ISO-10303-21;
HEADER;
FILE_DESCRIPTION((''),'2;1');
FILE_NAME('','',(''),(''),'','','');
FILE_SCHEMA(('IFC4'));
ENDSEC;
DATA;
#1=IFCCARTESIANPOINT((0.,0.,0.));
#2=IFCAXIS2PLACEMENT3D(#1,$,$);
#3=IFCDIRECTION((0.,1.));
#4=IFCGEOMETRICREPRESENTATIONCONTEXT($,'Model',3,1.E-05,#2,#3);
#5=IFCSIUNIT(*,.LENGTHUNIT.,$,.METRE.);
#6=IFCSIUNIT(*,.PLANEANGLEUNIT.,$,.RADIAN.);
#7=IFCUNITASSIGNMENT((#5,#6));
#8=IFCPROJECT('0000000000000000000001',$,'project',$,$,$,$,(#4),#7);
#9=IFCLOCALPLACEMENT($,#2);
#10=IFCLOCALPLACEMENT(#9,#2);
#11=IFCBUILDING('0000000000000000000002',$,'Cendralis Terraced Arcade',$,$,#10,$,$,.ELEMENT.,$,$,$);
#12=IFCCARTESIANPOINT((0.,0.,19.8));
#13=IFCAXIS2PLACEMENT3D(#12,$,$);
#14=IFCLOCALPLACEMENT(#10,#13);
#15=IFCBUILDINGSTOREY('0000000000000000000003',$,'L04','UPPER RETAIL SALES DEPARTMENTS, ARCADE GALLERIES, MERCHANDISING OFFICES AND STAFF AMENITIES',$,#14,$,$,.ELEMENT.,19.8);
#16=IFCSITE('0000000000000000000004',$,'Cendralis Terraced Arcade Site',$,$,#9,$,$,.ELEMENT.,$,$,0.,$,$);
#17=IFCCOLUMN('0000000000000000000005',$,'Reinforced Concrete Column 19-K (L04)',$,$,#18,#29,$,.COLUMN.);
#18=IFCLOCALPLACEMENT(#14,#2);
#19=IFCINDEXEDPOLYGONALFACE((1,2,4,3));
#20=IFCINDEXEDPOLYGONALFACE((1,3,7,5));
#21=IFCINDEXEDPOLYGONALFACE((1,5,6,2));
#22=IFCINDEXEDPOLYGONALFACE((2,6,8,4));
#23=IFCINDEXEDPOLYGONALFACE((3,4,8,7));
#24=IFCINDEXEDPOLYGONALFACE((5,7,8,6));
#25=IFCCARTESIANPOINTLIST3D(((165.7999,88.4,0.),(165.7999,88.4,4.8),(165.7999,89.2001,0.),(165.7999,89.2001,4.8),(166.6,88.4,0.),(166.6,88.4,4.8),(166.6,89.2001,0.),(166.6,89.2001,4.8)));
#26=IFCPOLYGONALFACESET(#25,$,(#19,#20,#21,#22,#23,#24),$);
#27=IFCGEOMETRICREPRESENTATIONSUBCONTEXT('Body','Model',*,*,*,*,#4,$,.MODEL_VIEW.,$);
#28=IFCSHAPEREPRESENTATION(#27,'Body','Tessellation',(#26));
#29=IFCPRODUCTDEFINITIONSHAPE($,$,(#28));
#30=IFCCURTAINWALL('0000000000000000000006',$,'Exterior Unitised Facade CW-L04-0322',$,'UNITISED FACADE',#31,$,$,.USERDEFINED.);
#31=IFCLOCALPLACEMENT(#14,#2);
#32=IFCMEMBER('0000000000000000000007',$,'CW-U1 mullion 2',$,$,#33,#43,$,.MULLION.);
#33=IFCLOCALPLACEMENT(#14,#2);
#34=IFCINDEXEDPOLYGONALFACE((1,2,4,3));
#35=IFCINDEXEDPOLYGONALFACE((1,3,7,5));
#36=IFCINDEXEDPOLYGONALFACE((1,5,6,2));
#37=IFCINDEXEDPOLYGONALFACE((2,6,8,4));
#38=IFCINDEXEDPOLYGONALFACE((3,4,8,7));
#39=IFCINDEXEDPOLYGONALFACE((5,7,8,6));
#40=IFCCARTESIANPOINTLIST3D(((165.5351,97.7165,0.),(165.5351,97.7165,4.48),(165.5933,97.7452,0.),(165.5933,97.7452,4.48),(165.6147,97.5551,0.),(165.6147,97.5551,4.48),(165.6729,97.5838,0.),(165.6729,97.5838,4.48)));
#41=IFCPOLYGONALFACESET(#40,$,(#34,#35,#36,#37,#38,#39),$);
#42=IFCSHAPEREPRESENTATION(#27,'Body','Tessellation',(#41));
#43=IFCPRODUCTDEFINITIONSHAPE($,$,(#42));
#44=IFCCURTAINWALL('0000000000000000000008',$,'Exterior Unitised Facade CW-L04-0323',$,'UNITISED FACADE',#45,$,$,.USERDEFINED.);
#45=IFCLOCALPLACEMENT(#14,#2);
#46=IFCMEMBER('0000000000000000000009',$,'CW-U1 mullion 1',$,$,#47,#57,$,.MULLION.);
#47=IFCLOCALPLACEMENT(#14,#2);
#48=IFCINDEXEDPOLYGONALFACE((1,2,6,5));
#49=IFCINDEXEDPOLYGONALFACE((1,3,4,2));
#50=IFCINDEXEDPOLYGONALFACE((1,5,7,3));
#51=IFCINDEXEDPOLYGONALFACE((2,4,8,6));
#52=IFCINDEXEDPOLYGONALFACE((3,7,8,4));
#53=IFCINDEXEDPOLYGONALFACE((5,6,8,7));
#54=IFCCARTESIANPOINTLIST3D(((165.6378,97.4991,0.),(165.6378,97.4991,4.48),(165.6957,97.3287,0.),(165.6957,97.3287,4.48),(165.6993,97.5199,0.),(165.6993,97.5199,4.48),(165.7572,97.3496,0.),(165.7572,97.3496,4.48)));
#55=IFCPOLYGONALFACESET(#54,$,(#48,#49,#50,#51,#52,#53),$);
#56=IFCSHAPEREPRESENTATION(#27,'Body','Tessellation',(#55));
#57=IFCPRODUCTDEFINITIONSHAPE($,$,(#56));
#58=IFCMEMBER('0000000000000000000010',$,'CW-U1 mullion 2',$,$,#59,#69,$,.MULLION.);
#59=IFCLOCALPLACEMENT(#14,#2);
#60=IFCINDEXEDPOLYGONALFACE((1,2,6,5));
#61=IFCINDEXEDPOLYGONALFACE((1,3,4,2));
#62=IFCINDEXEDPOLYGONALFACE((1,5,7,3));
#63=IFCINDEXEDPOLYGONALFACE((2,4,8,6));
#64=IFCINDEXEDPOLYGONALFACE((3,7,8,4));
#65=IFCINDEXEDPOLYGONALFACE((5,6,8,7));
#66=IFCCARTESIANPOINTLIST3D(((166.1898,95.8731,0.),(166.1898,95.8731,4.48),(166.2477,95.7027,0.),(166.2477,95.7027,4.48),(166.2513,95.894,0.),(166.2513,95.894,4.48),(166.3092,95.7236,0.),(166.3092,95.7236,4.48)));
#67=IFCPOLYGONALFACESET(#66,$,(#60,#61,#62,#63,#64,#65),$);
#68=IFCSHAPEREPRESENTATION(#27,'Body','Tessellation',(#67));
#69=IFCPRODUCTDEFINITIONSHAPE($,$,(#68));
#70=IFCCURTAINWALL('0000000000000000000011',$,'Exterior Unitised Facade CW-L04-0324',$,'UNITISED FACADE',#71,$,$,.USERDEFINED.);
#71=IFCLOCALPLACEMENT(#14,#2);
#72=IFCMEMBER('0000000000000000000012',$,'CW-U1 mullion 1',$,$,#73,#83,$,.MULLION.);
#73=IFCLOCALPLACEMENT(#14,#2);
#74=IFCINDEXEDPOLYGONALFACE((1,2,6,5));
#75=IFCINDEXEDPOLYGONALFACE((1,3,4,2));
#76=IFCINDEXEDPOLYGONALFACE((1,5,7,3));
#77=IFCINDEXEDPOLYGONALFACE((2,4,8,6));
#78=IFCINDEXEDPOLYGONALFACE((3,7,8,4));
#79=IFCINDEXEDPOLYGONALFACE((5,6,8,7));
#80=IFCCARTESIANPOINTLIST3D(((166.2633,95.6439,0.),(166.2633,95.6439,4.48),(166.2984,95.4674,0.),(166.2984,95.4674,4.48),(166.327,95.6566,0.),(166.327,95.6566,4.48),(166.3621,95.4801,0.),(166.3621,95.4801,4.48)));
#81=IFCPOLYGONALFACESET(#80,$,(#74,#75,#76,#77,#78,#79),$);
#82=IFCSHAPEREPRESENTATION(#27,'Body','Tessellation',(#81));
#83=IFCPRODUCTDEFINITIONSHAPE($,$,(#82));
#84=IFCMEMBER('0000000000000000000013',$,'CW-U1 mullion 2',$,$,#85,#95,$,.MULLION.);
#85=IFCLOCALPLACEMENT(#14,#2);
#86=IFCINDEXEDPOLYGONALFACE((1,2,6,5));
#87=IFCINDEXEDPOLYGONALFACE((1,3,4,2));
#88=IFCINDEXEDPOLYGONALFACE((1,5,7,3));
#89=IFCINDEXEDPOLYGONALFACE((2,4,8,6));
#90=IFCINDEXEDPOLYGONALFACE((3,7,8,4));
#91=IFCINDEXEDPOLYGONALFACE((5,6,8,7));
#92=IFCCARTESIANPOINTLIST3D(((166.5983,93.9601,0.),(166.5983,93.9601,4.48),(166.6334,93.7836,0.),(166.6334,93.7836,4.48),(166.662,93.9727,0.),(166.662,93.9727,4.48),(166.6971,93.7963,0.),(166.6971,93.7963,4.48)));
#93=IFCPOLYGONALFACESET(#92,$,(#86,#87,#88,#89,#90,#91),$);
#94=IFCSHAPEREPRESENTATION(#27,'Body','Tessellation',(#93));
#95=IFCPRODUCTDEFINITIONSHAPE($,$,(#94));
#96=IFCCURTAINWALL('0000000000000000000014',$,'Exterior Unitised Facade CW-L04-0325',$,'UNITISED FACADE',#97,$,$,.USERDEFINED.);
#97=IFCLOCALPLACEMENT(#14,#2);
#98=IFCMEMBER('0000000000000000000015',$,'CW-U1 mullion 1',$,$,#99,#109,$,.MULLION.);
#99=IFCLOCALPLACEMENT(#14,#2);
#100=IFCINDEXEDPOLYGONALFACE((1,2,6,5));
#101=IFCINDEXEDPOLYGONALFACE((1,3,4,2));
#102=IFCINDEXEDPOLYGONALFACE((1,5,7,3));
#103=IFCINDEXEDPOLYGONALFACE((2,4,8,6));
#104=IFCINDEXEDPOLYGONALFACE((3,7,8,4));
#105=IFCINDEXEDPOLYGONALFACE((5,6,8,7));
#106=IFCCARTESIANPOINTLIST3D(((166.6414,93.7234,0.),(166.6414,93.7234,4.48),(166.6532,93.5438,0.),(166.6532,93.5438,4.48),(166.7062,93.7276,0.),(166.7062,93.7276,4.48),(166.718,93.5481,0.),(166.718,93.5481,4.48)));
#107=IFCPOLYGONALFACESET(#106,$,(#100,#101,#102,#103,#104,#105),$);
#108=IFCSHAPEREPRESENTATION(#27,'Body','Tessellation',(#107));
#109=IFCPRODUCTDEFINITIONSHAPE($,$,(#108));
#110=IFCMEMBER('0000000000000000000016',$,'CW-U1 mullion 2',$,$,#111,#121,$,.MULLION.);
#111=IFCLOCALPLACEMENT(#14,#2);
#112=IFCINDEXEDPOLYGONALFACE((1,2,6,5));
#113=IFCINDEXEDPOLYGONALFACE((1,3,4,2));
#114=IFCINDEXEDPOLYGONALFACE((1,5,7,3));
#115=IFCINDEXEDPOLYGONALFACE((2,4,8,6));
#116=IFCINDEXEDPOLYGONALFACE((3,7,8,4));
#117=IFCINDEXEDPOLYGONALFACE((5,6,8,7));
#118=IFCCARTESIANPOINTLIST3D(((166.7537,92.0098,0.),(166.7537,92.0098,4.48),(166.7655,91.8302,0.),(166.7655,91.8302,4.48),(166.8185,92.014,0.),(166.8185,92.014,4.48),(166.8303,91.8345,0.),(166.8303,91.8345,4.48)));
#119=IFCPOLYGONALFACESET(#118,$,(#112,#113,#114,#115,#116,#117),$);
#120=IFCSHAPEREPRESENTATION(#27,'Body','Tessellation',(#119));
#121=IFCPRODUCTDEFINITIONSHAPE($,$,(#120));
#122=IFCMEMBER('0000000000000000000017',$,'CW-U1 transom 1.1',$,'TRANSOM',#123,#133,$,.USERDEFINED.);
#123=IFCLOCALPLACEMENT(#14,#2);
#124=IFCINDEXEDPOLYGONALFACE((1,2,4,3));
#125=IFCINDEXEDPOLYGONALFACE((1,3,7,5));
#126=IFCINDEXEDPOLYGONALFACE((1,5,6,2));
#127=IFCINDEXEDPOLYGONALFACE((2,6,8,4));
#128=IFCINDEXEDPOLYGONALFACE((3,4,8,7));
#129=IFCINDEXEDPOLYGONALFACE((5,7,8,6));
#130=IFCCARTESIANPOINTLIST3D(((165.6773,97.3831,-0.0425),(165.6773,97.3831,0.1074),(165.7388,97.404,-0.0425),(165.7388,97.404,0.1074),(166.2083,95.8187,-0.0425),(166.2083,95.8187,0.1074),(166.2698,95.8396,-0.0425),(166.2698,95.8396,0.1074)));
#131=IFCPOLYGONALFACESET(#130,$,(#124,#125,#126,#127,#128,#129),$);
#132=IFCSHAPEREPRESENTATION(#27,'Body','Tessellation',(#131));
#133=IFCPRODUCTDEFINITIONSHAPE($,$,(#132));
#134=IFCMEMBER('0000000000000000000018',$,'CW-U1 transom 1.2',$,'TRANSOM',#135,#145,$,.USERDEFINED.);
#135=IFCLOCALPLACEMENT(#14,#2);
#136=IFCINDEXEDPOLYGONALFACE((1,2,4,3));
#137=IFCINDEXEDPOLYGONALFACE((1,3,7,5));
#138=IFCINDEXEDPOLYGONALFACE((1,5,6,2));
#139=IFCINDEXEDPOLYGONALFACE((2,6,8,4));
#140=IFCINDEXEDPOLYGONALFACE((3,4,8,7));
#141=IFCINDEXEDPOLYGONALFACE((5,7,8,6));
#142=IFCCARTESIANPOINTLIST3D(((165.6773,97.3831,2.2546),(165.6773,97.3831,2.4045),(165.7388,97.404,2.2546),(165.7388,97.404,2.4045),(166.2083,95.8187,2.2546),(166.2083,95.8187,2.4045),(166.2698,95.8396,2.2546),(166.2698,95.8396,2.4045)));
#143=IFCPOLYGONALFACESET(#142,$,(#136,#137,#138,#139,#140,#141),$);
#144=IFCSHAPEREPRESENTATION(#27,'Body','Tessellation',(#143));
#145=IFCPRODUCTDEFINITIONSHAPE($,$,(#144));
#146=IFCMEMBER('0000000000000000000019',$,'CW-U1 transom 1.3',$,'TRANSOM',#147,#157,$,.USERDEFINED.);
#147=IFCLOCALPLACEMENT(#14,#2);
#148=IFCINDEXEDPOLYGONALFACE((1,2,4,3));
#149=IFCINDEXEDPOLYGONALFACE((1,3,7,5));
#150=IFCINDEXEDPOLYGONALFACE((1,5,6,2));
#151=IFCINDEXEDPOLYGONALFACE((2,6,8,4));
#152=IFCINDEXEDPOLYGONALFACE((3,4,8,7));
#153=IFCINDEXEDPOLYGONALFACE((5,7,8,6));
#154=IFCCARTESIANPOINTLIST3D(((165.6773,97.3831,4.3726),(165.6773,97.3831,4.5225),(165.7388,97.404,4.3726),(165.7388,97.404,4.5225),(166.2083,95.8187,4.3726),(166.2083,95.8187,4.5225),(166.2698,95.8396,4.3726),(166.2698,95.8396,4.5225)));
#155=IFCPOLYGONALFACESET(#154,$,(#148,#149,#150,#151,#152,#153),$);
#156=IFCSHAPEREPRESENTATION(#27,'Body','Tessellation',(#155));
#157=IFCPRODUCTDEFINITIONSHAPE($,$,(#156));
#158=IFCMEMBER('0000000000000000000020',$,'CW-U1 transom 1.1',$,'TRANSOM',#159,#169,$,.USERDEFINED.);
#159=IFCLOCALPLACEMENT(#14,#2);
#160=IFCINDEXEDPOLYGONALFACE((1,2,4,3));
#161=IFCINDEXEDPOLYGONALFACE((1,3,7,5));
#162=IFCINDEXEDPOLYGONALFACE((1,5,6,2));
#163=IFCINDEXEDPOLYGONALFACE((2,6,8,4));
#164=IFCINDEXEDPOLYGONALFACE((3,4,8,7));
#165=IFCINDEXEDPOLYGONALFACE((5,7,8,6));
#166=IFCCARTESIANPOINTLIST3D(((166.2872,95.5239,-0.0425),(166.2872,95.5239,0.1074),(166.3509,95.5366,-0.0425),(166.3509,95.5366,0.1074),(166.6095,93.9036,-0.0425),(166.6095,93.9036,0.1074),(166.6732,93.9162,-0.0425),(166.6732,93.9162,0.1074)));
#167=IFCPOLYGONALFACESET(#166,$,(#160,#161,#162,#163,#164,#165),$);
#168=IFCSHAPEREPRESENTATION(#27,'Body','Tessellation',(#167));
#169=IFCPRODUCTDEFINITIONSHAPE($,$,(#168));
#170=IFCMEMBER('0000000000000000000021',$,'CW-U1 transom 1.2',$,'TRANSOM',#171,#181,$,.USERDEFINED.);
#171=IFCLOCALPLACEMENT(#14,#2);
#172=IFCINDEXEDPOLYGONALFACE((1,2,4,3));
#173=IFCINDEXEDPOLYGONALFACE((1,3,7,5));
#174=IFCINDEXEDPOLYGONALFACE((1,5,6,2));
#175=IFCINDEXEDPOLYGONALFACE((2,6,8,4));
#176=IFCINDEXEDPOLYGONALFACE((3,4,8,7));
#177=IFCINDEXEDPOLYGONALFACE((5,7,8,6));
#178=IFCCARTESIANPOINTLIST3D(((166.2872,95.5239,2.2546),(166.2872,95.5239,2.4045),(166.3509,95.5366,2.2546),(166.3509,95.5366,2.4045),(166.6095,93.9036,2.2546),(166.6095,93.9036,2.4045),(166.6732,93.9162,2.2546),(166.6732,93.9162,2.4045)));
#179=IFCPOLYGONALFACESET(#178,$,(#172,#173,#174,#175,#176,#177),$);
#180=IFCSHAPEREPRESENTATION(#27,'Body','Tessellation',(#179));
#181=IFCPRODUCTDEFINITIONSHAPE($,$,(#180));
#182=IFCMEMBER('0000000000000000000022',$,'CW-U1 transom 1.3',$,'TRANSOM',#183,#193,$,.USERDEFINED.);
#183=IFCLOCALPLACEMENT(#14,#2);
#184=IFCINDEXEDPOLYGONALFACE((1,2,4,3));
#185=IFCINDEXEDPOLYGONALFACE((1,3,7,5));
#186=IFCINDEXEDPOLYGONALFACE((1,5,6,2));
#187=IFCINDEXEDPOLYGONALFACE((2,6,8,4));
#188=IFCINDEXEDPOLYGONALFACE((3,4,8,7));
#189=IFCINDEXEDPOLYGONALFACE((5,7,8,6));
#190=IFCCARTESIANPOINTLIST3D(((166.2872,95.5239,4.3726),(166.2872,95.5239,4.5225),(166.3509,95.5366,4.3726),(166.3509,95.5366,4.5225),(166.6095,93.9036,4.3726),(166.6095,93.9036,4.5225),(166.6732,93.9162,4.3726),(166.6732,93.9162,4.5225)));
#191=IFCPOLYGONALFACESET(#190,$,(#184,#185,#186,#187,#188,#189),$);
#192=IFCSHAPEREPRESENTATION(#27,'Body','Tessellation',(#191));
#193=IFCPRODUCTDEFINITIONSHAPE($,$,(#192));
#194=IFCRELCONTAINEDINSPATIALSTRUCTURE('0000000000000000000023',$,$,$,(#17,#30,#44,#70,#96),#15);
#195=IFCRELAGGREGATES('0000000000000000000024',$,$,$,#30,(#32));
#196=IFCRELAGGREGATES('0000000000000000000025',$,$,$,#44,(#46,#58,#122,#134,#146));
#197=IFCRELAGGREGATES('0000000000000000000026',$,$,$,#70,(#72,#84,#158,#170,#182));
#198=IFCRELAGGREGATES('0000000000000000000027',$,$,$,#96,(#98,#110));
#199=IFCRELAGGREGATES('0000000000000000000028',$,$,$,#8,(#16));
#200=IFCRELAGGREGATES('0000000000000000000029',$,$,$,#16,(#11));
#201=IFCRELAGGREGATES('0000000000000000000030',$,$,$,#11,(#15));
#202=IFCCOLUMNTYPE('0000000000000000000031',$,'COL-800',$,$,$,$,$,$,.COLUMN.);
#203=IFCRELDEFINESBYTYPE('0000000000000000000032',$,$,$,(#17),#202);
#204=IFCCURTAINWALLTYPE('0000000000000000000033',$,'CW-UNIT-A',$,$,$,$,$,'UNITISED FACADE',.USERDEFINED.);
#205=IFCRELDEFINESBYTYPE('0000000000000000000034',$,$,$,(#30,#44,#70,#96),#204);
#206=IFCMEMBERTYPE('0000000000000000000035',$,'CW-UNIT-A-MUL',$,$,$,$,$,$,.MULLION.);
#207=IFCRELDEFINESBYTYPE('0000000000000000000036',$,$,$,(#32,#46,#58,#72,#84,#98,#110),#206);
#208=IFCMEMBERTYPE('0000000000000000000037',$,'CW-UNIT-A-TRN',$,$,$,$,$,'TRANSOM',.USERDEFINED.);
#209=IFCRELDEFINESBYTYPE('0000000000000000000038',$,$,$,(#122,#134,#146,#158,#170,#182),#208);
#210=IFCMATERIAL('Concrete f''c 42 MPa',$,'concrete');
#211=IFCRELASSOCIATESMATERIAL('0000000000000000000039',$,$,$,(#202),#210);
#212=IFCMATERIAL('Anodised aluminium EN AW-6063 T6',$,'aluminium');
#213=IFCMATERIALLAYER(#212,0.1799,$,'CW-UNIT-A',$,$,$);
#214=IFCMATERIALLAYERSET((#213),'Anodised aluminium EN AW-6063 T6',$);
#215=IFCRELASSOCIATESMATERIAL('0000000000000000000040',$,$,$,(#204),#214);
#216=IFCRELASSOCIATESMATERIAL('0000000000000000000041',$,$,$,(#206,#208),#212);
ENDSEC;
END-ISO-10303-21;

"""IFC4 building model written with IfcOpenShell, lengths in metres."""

from ifc_helpers import new_model, si_unit, direction, frame, origin, origin_2d, place, context, subcontext, project, spatial, rectangle, extrude, material, layer, layer_set, material_profile, profile_set, type_object, element, aggregate, save


model = new_model("IFC4")

# Units and contexts
model_context = context("Model", 3, precision=1e-05, world=origin(), true_north=direction((0.0, 1.0)))
body_context = subcontext(model_context, "Body", "Model", "MODEL_VIEW")
ifc_project = project(units=[si_unit("LENGTHUNIT", "METRE"), si_unit("PLANEANGLEUNIT", "RADIAN")], contexts=[model_context])

# Site, building, storey
site_placement = place(None, origin())
site = spatial("IfcSite", under=ifc_project, at=site_placement, Name="Cendralis Terraced Arcade Site", CompositionType="ELEMENT", RefElevation=0.0)
building_placement = place(site_placement, origin())
building = spatial("IfcBuilding", under=site, at=building_placement, Name="Cendralis Terraced Arcade", CompositionType="ELEMENT")
storey_placement = place(building_placement, frame((0.0, 0.0, 19.8)))
storey = spatial("IfcBuildingStorey", under=building, at=storey_placement, Name="L04", Description="UPPER RETAIL SALES DEPARTMENTS, ARCADE GALLERIES, MERCHANDISING OFFICES AND STAFF AMENITIES", CompositionType="ELEMENT", Elevation=19.8)

# Column
ifc_material_1 = material(Name="Concrete f'c 42 MPa", Category="concrete")
ifc_material_profile_1 = material_profile(ifc_material_1, rectangle(XDim=0.8, YDim=0.8, at=origin_2d()), Name="RC-COL-800x800", Category="LoadBearing")
ifc_profile_set_1 = profile_set([ifc_material_profile_1], Name="Concrete f'c 42 MPa")
column_type = type_object("IfcColumnType", Name="COL-800", PredefinedType="COLUMN", material=ifc_profile_set_1)
column_placement = place(storey_placement, frame((166.2, 88.8, 0.0), z_axis=(0.0, 0.0, 1.0), x_axis=(1.0, 0.0, 0.0)))
element("IfcColumn", 1, at=column_placement, inside=storey, type_object=column_type, Name="Reinforced Concrete Column 19-K (L04)", PredefinedType="COLUMN", context=body_context, shape_type="SweptSolid", body=[
    extrude(rectangle(XDim=0.8, YDim=0.8, at=origin_2d()), origin(), (0.0, 0.0, 1.0), 4.8),
])

# Curtain wall, member
ifc_material_2 = material(Name="Anodised aluminium EN AW-6063 T6", Category="aluminium")
ifc_layer_1 = layer(ifc_material_2, 0.1799, Name="CW-UNIT-A")
ifc_layer_set_1 = layer_set([ifc_layer_1], Name="Anodised aluminium EN AW-6063 T6")
curtain_wall_type = type_object("IfcCurtainWallType", Name="CW-UNIT-A", ElementType="UNITISED FACADE", PredefinedType="USERDEFINED", material=ifc_layer_set_1)
curtain_wall_1_placement = place(storey_placement, origin())
curtain_wall_1 = element("IfcCurtainWall", 2, at=curtain_wall_1_placement, inside=storey, type_object=curtain_wall_type, Name="Exterior Unitised Facade CW-L04-0322", ObjectType="UNITISED FACADE", PredefinedType="USERDEFINED")
ifc_material_profile_2 = material_profile(ifc_material_2, rectangle(XDim=0.0649, YDim=0.1799, at=origin_2d()), Name="ALU-MUL-65x180")
ifc_profile_set_2 = profile_set([ifc_material_profile_2], Name="Anodised aluminium EN AW-6063 T6")
member_type_1 = type_object("IfcMemberType", Name="CW-UNIT-A-MUL", PredefinedType="MULLION", material=ifc_profile_set_2)
member_1_placement = place(storey_placement, frame((165.604, 97.6501, 0.0), z_axis=(0.0, 0.0, 1.0), x_axis=(0.896871, 0.442291, 0.0)))
member_1 = element("IfcMember", 3, at=member_1_placement, type_object=member_type_1, Name="CW-U1 mullion 2", PredefinedType="MULLION", context=body_context, shape_type="SweptSolid", body=[
    extrude(rectangle(XDim=0.0649, YDim=0.1799, at=origin_2d()), origin(), (0.0, 0.0, 1.0), 4.48),
])

# Curtain walls, members
curtain_wall_2_placement = place(storey_placement, origin())
curtain_wall_2 = element("IfcCurtainWall", 4, at=curtain_wall_2_placement, inside=storey, type_object=curtain_wall_type, Name="Exterior Unitised Facade CW-L04-0323", ObjectType="UNITISED FACADE", PredefinedType="USERDEFINED")
member_2_placement = place(storey_placement, frame((165.6975, 97.4243, 0.0), z_axis=(0.0, 0.0, 1.0), x_axis=(0.946924, 0.321458, 0.0)))
member_2 = element("IfcMember", 5, at=member_2_placement, type_object=member_type_1, Name="CW-U1 mullion 1", PredefinedType="MULLION", context=body_context, shape_type="SweptSolid", body=[
    extrude(rectangle(XDim=0.0649, YDim=0.1799, at=origin_2d()), origin(), (0.0, 0.0, 1.0), 4.48),
])
member_3_placement = place(storey_placement, frame((166.2495, 95.7983, 0.0), z_axis=(0.0, 0.0, 1.0), x_axis=(0.946924, 0.321458, 0.0)))
member_3 = element("IfcMember", 6, at=member_3_placement, type_object=member_type_1, Name="CW-U1 mullion 2", PredefinedType="MULLION", context=body_context, shape_type="SweptSolid", body=[
    extrude(rectangle(XDim=0.0649, YDim=0.1799, at=origin_2d()), origin(), (0.0, 0.0, 1.0), 4.48),
])
curtain_wall_3_placement = place(storey_placement, origin())
curtain_wall_3 = element("IfcCurtainWall", 7, at=curtain_wall_3_placement, inside=storey, type_object=curtain_wall_type, Name="Exterior Unitised Facade CW-L04-0324", ObjectType="UNITISED FACADE", PredefinedType="USERDEFINED")
member_4_placement = place(storey_placement, frame((166.3127, 95.562, 0.0), z_axis=(0.0, 0.0, 1.0), x_axis=(0.980792, 0.195058, 0.0)))
member_4 = element("IfcMember", 8, at=member_4_placement, type_object=member_type_1, Name="CW-U1 mullion 1", PredefinedType="MULLION", context=body_context, shape_type="SweptSolid", body=[
    extrude(rectangle(XDim=0.0649, YDim=0.1799, at=origin_2d()), origin(), (0.0, 0.0, 1.0), 4.48),
])
member_5_placement = place(storey_placement, frame((166.6477, 93.8782, 0.0), z_axis=(0.0, 0.0, 1.0), x_axis=(0.980792, 0.195058, 0.0)))
member_5 = element("IfcMember", 9, at=member_5_placement, type_object=member_type_1, Name="CW-U1 mullion 2", PredefinedType="MULLION", context=body_context, shape_type="SweptSolid", body=[
    extrude(rectangle(XDim=0.0649, YDim=0.1799, at=origin_2d()), origin(), (0.0, 0.0, 1.0), 4.48),
])
curtain_wall_4_placement = place(storey_placement, origin())
curtain_wall_4 = element("IfcCurtainWall", 10, at=curtain_wall_4_placement, inside=storey, type_object=curtain_wall_type, Name="Exterior Unitised Facade CW-L04-0325", ObjectType="UNITISED FACADE", PredefinedType="USERDEFINED")
member_6_placement = place(storey_placement, frame((166.6797, 93.6357, 0.0), z_axis=(0.0, 0.0, 1.0), x_axis=(0.997861, 0.065372, 0.0)))
member_6 = element("IfcMember", 11, at=member_6_placement, type_object=member_type_1, Name="CW-U1 mullion 1", PredefinedType="MULLION", context=body_context, shape_type="SweptSolid", body=[
    extrude(rectangle(XDim=0.0649, YDim=0.1799, at=origin_2d()), origin(), (0.0, 0.0, 1.0), 4.48),
])
member_7_placement = place(storey_placement, frame((166.792, 91.9221, 0.0), z_axis=(0.0, 0.0, 1.0), x_axis=(0.997861, 0.065372, 0.0)))
member_7 = element("IfcMember", 12, at=member_7_placement, type_object=member_type_1, Name="CW-U1 mullion 2", PredefinedType="MULLION", context=body_context, shape_type="SweptSolid", body=[
    extrude(rectangle(XDim=0.0649, YDim=0.1799, at=origin_2d()), origin(), (0.0, 0.0, 1.0), 4.48),
])

# Members
ifc_material_profile_3 = material_profile(ifc_material_2, rectangle(XDim=0.0649, YDim=0.1499, at=origin_2d()), Name="ALU-TRN-65x150")
ifc_profile_set_3 = profile_set([ifc_material_profile_3], Name="Anodised aluminium EN AW-6063 T6")
member_type_2 = type_object("IfcMemberType", Name="CW-UNIT-A-TRN", ElementType="TRANSOM", PredefinedType="USERDEFINED", material=ifc_profile_set_3)
member_8_placement = place(storey_placement, frame((165.708, 97.3936, 0.0325), z_axis=(0.32141, -0.94694, 0.0), x_axis=(0.94694, 0.32141, 0.0)))
member_8 = element("IfcMember", 13, at=member_8_placement, type_object=member_type_2, Name="CW-U1 transom 1.1", ObjectType="TRANSOM", PredefinedType="USERDEFINED", context=body_context, shape_type="SweptSolid", body=[
    extrude(rectangle(XDim=0.0649, YDim=0.1499, at=origin_2d()), origin(), (0.0, 0.0, 1.0), 1.6521),
])
member_9_placement = place(storey_placement, frame((165.708, 97.3936, 2.3296), z_axis=(0.32141, -0.94694, 0.0), x_axis=(0.94694, 0.32141, 0.0)))
member_9 = element("IfcMember", 14, at=member_9_placement, type_object=member_type_2, Name="CW-U1 transom 1.2", ObjectType="TRANSOM", PredefinedType="USERDEFINED", context=body_context, shape_type="SweptSolid", body=[
    extrude(rectangle(XDim=0.0649, YDim=0.1499, at=origin_2d()), origin(), (0.0, 0.0, 1.0), 1.6521),
])
member_10_placement = place(storey_placement, frame((165.708, 97.3936, 4.4475), z_axis=(0.32141, -0.94694, 0.0), x_axis=(0.94694, 0.32141, 0.0)))
member_10 = element("IfcMember", 15, at=member_10_placement, type_object=member_type_2, Name="CW-U1 transom 1.3", ObjectType="TRANSOM", PredefinedType="USERDEFINED", context=body_context, shape_type="SweptSolid", body=[
    extrude(rectangle(XDim=0.0649, YDim=0.1499, at=origin_2d()), origin(), (0.0, 0.0, 1.0), 1.6521),
])
member_11_placement = place(storey_placement, frame((166.3191, 95.5303, 0.0325), z_axis=(0.195065, -0.98079, 0.0), x_axis=(0.98079, 0.195065, 0.0)))
member_11 = element("IfcMember", 16, at=member_11_placement, type_object=member_type_2, Name="CW-U1 transom 1.1", ObjectType="TRANSOM", PredefinedType="USERDEFINED", context=body_context, shape_type="SweptSolid", body=[
    extrude(rectangle(XDim=0.0649, YDim=0.1499, at=origin_2d()), origin(), (0.0, 0.0, 1.0), 1.6521),
])
member_12_placement = place(storey_placement, frame((166.3191, 95.5303, 2.3296), z_axis=(0.195065, -0.98079, 0.0), x_axis=(0.98079, 0.195065, 0.0)))
member_12 = element("IfcMember", 17, at=member_12_placement, type_object=member_type_2, Name="CW-U1 transom 1.2", ObjectType="TRANSOM", PredefinedType="USERDEFINED", context=body_context, shape_type="SweptSolid", body=[
    extrude(rectangle(XDim=0.0649, YDim=0.1499, at=origin_2d()), origin(), (0.0, 0.0, 1.0), 1.6521),
])
member_13_placement = place(storey_placement, frame((166.3191, 95.5303, 4.4475), z_axis=(0.195065, -0.98079, 0.0), x_axis=(0.98079, 0.195065, 0.0)))
member_13 = element("IfcMember", 18, at=member_13_placement, type_object=member_type_2, Name="CW-U1 transom 1.3", ObjectType="TRANSOM", PredefinedType="USERDEFINED", context=body_context, shape_type="SweptSolid", body=[
    extrude(rectangle(XDim=0.0649, YDim=0.1499, at=origin_2d()), origin(), (0.0, 0.0, 1.0), 1.6521),
])

aggregate(curtain_wall_1, [member_1])
aggregate(curtain_wall_2, [member_2, member_3, member_8, member_9, member_10])
aggregate(curtain_wall_3, [member_4, member_5, member_11, member_12, member_13])
aggregate(curtain_wall_4, [member_6, member_7])

save(model, "model.ifc")
